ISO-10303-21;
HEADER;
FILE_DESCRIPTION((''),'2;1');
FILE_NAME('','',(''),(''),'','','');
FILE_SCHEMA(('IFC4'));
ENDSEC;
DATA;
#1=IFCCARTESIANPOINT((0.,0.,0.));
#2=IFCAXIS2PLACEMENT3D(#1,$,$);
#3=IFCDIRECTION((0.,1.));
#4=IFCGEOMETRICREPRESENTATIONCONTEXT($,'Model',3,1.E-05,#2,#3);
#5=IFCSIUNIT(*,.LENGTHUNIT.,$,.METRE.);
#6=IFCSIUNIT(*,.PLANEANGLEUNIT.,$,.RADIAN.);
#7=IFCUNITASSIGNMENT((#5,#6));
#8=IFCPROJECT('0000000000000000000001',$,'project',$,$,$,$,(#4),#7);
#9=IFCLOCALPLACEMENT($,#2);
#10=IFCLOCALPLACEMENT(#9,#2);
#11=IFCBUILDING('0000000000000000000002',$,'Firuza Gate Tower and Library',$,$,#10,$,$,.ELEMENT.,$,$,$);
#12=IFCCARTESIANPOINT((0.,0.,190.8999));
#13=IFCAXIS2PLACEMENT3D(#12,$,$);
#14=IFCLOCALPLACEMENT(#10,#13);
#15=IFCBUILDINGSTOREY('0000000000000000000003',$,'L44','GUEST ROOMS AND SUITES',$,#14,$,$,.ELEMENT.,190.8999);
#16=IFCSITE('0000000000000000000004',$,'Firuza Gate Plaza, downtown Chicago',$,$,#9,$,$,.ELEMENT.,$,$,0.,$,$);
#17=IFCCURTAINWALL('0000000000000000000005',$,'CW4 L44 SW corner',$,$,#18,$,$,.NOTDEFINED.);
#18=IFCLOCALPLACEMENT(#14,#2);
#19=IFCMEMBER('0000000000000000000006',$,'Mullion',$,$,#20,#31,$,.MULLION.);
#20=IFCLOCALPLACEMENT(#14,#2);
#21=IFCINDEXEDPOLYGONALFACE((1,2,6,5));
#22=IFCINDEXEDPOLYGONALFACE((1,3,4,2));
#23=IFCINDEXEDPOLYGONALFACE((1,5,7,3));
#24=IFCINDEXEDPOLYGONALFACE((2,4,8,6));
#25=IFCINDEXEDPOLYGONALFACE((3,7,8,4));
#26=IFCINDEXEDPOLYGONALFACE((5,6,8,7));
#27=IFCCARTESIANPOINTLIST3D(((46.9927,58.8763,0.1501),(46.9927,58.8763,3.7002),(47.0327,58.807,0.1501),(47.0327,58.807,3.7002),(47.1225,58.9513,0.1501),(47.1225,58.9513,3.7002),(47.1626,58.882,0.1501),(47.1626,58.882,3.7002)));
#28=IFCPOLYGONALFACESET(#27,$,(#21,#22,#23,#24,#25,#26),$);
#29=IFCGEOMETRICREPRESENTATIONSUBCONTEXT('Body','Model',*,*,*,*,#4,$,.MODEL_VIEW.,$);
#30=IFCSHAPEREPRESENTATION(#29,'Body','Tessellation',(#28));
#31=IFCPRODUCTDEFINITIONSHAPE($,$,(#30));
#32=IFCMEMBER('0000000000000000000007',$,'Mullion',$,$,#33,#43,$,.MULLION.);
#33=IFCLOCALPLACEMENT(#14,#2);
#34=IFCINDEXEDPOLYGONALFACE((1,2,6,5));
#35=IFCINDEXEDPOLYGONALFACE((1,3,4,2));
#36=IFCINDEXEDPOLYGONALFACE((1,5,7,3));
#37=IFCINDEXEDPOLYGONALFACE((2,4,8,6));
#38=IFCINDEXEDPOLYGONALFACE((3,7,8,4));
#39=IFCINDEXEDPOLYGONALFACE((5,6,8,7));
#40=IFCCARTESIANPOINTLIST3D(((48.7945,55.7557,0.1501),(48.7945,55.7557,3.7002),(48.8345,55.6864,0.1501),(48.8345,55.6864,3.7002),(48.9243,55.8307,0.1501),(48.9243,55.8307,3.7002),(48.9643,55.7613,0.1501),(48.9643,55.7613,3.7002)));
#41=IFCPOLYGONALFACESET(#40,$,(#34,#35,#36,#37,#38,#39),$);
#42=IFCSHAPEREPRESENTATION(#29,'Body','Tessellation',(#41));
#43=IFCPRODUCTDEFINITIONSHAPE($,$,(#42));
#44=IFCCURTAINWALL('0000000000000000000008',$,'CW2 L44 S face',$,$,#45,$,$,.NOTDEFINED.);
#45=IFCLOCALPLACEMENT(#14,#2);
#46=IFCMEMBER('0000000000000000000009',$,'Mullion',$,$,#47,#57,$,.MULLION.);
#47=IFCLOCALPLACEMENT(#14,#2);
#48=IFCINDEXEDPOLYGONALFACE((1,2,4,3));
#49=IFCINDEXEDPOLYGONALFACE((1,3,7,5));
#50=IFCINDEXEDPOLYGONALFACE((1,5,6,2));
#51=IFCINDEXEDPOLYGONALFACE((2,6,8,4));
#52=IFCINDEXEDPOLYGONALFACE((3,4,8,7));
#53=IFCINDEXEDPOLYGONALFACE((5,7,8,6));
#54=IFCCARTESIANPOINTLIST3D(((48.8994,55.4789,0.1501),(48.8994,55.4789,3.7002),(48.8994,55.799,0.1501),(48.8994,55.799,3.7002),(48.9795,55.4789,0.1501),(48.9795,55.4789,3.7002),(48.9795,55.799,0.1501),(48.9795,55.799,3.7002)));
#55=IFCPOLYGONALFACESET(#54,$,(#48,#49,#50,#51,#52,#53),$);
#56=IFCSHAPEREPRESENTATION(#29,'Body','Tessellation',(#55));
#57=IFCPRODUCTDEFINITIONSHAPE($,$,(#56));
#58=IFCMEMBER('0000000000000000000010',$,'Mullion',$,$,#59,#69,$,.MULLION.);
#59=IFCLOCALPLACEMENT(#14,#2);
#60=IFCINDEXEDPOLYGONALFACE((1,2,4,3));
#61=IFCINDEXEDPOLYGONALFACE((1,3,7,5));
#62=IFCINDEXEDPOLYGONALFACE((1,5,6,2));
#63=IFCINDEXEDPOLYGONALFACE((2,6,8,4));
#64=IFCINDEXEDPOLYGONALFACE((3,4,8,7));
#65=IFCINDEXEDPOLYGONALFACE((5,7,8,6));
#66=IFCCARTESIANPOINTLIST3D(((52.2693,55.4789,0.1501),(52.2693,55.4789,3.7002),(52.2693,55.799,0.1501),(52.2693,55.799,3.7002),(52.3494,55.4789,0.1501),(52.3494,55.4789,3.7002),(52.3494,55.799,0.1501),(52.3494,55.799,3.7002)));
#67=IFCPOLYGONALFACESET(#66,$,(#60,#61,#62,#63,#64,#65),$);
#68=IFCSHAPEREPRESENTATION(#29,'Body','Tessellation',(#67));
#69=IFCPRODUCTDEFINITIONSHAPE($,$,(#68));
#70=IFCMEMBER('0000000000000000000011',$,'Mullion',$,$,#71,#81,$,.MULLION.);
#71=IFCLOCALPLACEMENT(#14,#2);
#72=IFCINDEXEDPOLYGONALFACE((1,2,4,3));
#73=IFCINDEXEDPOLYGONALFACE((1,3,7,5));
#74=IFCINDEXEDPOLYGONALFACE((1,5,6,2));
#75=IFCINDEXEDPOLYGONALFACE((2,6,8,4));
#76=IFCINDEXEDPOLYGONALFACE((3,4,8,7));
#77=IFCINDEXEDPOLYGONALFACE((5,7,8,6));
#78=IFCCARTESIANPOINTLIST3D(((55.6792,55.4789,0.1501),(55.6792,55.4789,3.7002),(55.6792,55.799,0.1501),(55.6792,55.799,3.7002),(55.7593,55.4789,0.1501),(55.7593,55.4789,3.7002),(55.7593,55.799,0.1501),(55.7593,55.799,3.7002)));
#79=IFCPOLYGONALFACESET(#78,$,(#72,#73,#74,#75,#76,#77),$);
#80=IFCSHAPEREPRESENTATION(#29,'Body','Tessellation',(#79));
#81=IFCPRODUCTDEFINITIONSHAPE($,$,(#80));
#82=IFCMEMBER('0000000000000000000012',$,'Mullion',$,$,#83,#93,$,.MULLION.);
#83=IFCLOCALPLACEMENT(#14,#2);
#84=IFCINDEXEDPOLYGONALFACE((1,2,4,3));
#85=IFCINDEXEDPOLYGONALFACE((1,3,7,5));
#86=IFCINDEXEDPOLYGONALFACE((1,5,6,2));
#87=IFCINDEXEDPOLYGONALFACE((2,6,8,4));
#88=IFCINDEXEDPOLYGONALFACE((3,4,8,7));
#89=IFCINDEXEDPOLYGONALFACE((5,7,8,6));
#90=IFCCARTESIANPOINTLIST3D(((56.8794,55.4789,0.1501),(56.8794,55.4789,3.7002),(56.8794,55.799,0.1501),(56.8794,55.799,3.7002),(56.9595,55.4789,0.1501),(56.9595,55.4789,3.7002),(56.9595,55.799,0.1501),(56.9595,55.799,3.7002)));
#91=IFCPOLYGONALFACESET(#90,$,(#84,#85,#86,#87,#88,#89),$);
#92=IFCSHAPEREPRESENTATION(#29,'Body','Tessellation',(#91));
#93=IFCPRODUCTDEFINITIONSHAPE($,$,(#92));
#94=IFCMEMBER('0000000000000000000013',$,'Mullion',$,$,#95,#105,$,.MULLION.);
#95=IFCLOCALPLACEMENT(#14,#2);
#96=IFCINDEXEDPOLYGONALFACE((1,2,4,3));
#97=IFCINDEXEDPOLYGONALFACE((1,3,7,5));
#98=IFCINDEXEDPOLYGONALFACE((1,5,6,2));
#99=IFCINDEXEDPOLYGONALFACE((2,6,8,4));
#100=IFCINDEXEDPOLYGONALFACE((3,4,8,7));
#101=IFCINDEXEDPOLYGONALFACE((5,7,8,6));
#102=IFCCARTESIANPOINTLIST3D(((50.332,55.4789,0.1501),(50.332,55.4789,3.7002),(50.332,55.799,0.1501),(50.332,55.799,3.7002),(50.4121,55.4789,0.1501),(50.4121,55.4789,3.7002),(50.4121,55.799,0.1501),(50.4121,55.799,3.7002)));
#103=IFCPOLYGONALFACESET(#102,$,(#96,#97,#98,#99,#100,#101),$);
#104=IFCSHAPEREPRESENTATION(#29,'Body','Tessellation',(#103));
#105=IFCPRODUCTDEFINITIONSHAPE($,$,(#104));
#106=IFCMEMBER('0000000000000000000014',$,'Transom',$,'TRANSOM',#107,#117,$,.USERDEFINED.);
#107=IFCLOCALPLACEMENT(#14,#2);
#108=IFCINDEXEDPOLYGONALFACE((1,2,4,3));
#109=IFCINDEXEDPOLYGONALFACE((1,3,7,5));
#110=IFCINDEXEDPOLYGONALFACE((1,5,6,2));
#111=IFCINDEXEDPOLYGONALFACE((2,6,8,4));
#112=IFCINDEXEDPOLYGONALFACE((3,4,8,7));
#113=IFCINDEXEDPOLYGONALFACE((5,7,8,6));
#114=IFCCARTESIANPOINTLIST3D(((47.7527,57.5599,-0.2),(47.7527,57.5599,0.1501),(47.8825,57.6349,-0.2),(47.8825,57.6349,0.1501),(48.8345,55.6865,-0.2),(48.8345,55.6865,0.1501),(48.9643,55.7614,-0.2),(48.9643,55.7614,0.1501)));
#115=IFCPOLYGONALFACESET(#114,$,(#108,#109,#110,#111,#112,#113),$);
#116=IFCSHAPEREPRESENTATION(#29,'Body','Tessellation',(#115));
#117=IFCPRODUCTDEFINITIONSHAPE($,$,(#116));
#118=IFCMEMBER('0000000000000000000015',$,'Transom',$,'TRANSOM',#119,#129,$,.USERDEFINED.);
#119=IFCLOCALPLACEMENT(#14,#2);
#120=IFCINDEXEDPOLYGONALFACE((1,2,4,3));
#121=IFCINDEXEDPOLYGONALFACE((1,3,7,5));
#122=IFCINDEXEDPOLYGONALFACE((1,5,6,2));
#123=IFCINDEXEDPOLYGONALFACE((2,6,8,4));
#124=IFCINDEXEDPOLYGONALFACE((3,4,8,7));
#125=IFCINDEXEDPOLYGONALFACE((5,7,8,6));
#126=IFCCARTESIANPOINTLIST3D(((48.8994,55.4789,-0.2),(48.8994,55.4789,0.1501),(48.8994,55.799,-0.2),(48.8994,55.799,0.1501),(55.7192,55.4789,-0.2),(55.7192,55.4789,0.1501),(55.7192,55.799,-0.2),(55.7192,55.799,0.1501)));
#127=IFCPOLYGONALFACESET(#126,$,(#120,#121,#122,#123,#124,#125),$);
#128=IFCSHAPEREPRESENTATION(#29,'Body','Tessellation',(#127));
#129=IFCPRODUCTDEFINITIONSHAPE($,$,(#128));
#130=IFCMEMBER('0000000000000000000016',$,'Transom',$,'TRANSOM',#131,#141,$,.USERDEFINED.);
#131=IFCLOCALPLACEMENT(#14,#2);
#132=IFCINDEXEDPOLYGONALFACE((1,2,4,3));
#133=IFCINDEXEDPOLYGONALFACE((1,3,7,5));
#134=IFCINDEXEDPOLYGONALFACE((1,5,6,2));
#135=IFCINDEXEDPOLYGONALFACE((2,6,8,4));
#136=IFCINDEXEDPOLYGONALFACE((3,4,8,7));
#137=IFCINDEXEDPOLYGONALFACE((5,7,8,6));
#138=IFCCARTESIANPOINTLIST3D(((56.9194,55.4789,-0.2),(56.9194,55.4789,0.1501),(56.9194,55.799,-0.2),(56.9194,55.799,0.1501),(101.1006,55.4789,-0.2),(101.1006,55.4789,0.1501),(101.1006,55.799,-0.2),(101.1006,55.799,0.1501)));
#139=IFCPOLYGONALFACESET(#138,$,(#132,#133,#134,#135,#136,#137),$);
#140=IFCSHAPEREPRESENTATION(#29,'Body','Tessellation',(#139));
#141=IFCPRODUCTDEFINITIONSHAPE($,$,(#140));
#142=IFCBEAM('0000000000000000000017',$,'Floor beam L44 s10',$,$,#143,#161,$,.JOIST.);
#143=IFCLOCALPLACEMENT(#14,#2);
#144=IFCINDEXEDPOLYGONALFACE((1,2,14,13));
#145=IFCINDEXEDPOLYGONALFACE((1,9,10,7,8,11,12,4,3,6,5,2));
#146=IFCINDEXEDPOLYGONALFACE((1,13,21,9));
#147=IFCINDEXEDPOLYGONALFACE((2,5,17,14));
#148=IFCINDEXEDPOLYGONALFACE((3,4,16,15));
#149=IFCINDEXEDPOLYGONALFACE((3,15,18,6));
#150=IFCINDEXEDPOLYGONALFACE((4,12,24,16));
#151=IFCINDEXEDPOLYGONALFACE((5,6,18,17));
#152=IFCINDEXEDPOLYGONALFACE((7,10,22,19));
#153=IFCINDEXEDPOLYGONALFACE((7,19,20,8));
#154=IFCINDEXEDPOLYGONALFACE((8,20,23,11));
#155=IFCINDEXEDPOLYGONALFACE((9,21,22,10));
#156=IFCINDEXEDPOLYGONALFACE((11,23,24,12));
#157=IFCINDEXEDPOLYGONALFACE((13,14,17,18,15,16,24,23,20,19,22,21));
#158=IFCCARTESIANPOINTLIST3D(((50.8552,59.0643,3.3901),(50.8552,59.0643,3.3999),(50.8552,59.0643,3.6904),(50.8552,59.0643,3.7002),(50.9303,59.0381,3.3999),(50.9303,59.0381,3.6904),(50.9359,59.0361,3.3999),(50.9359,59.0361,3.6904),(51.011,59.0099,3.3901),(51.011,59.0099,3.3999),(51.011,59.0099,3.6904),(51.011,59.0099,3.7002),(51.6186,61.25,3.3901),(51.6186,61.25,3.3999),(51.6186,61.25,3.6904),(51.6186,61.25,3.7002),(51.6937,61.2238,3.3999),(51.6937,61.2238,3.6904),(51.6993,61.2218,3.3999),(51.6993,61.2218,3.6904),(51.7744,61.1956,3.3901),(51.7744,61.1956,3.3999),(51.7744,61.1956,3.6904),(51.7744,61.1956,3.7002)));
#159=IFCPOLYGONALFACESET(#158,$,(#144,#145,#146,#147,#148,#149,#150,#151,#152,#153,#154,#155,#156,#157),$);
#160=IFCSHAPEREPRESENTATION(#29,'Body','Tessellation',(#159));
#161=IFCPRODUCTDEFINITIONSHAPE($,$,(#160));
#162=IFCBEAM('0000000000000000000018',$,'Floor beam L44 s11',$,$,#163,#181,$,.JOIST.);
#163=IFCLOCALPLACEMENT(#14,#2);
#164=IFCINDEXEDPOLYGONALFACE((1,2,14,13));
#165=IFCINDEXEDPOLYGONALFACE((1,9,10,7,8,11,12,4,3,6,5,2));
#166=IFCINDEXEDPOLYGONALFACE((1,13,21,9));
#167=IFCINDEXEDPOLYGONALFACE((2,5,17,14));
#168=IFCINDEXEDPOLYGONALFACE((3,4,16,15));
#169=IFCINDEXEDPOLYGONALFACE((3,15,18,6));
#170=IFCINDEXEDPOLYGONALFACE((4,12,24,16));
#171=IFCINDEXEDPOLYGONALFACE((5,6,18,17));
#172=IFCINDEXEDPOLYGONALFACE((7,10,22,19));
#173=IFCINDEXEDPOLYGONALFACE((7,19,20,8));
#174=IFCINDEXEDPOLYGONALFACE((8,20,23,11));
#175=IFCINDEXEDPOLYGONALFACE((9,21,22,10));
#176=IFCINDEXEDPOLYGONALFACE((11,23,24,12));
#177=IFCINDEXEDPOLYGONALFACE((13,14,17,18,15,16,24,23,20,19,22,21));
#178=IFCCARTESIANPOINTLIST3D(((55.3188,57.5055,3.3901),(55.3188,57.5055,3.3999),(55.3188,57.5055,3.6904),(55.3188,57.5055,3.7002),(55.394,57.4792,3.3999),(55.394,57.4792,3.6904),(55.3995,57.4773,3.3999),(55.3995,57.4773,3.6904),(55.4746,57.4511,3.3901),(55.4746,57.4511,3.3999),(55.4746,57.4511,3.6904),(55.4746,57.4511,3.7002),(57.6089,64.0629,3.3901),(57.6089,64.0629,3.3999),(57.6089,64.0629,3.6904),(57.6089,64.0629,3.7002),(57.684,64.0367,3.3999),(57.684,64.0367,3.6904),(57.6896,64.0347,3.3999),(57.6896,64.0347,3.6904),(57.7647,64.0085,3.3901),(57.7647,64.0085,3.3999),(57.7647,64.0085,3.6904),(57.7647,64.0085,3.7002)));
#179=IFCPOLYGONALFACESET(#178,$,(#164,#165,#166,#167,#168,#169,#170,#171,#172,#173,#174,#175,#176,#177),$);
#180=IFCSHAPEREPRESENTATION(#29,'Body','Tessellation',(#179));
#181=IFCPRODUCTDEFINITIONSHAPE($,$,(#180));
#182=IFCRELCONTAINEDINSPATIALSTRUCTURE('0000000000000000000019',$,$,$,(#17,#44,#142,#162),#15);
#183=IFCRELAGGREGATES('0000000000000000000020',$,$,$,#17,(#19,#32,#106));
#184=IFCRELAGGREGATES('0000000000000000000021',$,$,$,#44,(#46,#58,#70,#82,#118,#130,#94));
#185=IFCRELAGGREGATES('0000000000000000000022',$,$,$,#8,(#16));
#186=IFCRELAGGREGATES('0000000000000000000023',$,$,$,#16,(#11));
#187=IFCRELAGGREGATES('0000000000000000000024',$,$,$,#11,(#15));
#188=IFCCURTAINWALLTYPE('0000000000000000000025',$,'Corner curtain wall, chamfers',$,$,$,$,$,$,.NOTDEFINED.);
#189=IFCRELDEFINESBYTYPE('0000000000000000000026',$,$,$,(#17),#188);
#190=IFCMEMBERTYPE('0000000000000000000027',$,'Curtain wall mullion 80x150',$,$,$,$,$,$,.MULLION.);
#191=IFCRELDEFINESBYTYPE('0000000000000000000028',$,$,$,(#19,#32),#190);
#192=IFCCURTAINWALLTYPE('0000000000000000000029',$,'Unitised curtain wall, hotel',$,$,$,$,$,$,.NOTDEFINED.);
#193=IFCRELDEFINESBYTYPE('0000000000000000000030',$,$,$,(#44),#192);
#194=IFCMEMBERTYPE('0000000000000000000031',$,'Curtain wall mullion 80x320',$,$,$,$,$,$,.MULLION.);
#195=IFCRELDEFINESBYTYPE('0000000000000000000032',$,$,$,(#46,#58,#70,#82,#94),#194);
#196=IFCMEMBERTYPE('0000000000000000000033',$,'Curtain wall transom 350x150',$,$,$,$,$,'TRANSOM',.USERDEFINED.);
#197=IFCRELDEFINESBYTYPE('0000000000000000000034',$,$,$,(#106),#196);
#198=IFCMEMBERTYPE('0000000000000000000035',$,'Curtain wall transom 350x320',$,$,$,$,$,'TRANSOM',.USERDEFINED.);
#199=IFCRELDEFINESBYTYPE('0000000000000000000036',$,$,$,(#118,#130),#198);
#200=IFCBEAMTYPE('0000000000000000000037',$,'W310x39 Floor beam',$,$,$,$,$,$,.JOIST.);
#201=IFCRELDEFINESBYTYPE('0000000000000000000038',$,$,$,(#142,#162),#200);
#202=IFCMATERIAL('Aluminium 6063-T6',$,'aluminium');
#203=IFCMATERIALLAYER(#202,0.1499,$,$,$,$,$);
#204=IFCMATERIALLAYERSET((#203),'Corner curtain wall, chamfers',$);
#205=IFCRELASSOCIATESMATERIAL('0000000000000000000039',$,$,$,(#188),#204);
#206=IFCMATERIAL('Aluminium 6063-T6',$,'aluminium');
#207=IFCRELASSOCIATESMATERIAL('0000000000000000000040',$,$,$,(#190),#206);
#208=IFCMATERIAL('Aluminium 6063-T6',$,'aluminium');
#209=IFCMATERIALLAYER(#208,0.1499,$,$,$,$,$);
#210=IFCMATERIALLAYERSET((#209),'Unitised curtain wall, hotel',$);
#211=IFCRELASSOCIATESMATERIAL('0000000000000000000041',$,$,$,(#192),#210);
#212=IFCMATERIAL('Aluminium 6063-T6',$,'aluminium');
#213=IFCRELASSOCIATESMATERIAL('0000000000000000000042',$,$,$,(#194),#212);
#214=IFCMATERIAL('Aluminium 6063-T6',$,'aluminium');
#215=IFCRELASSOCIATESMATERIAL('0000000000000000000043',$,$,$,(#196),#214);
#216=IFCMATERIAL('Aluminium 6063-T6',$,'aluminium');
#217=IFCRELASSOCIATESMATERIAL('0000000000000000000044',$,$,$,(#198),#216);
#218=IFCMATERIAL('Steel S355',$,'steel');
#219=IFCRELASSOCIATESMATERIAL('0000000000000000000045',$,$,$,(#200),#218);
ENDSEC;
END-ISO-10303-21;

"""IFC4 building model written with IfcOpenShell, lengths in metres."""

from ifc_helpers import new_model, si_unit, direction, frame, origin, origin_2d, place, context, subcontext, project, spatial, rectangle, i_section, extrude, material, layer, layer_set, material_profile, profile_set, type_object, element, aggregate, save


model = new_model("IFC4")

# Units and contexts
model_context = context("Model", 3, precision=1e-05, world=origin(), true_north=direction((0.0, 1.0)))
body_context = subcontext(model_context, "Body", "Model", "MODEL_VIEW")
ifc_project = project(units=[si_unit("LENGTHUNIT", "METRE"), si_unit("PLANEANGLEUNIT", "RADIAN")], contexts=[model_context])

# Site, building, storey
site_placement = place(None, origin())
site = spatial("IfcSite", under=ifc_project, at=site_placement, Name="Firuza Gate Plaza, downtown Chicago", CompositionType="ELEMENT", RefElevation=0.0)
building_placement = place(site_placement, origin())
building = spatial("IfcBuilding", under=site, at=building_placement, Name="Firuza Gate Tower and Library", CompositionType="ELEMENT")
storey_placement = place(building_placement, frame((0.0, 0.0, 190.8999)))
storey = spatial("IfcBuildingStorey", under=building, at=storey_placement, Name="L44", Description="GUEST ROOMS AND SUITES", CompositionType="ELEMENT", Elevation=190.8999)

# Curtain walls, members
ifc_material_1 = material(Name="Aluminium 6063-T6", Category="aluminium")
ifc_layer_1 = layer(ifc_material_1, 0.1499)
ifc_layer_set_1 = layer_set([ifc_layer_1], Name="Corner curtain wall, chamfers")
curtain_wall_type_1 = type_object("IfcCurtainWallType", Name="Corner curtain wall, chamfers", PredefinedType="NOTDEFINED", material=ifc_layer_set_1)
placement_1 = place(storey_placement, origin())
curtain_wall_1 = element("IfcCurtainWall", 1, at=placement_1, inside=storey, type_object=curtain_wall_type_1, Name="CW4 L44 SW corner", PredefinedType="NOTDEFINED")
ifc_material_2 = material(Name="Aluminium 6063-T6", Category="aluminium")
ifc_material_profile_1 = material_profile(ifc_material_2, rectangle(XDim=0.1499, YDim=0.0801, at=origin_2d()))
ifc_profile_set_1 = profile_set([ifc_material_profile_1], Name="Aluminium 6063-T6")
member_type_1 = type_object("IfcMemberType", Name="Curtain wall mullion 80x150", PredefinedType="MULLION", material=ifc_profile_set_1)
member_1_placement = place(storey_placement, frame((47.0776, 58.8792, 0.1501), z_axis=(0.0, 0.0, 1.0), x_axis=(0.866025, 0.5, 0.0)))
member_1 = element("IfcMember", 2, at=member_1_placement, type_object=member_type_1, Name="Mullion", PredefinedType="MULLION", context=body_context, shape_type="SweptSolid", body=[
    extrude(rectangle(XDim=0.1499, YDim=0.0801, at=origin_2d()), origin(), (0.0, 0.0, 1.0), 3.55),
])
member_2_placement = place(storey_placement, frame((48.8794, 55.7585, 0.1501), z_axis=(0.0, 0.0, 1.0), x_axis=(0.866025, 0.5, 0.0)))
member_2 = element("IfcMember", 3, at=member_2_placement, type_object=member_type_1, Name="Mullion", PredefinedType="MULLION", context=body_context, shape_type="SweptSolid", body=[
    extrude(rectangle(XDim=0.1499, YDim=0.0801, at=origin_2d()), origin(), (0.0, 0.0, 1.0), 3.55),
])
ifc_material_3 = material(Name="Aluminium 6063-T6", Category="aluminium")
ifc_layer_2 = layer(ifc_material_3, 0.1499)
ifc_layer_set_2 = layer_set([ifc_layer_2], Name="Unitised curtain wall, hotel")
curtain_wall_type_2 = type_object("IfcCurtainWallType", Name="Unitised curtain wall, hotel", PredefinedType="NOTDEFINED", material=ifc_layer_set_2)
curtain_wall_2 = element("IfcCurtainWall", 4, at=placement_1, inside=storey, type_object=curtain_wall_type_2, Name="CW2 L44 S face", PredefinedType="NOTDEFINED")
ifc_material_4 = material(Name="Aluminium 6063-T6", Category="aluminium")
ifc_material_profile_2 = material_profile(ifc_material_4, rectangle(XDim=0.3201, YDim=0.0801, at=origin_2d()))
ifc_profile_set_2 = profile_set([ifc_material_profile_2], Name="Aluminium 6063-T6")
member_type_2 = type_object("IfcMemberType", Name="Curtain wall mullion 80x320", PredefinedType="MULLION", material=ifc_profile_set_2)
member_3_placement = place(storey_placement, frame((48.9395, 55.6389, 0.1501), z_axis=(0.0, 0.0, 1.0), x_axis=(0.0, 1.0, 0.0)))
member_3 = element("IfcMember", 5, at=member_3_placement, type_object=member_type_2, Name="Mullion", PredefinedType="MULLION", context=body_context, shape_type="SweptSolid", body=[
    extrude(rectangle(XDim=0.3201, YDim=0.0801, at=origin_2d()), origin(), (0.0, 0.0, 1.0), 3.55),
])
member_4_placement = place(storey_placement, frame((52.3093, 55.6389, 0.1501), z_axis=(0.0, 0.0, 1.0), x_axis=(0.0, 1.0, 0.0)))
member_4 = element("IfcMember", 6, at=member_4_placement, type_object=member_type_2, Name="Mullion", PredefinedType="MULLION", context=body_context, shape_type="SweptSolid", body=[
    extrude(rectangle(XDim=0.3201, YDim=0.0801, at=origin_2d()), origin(), (0.0, 0.0, 1.0), 3.55),
])
member_5_placement = place(storey_placement, frame((55.7192, 55.6389, 0.1501), z_axis=(0.0, 0.0, 1.0), x_axis=(0.0, 1.0, 0.0)))
member_5 = element("IfcMember", 7, at=member_5_placement, type_object=member_type_2, Name="Mullion", PredefinedType="MULLION", context=body_context, shape_type="SweptSolid", body=[
    extrude(rectangle(XDim=0.3201, YDim=0.0801, at=origin_2d()), origin(), (0.0, 0.0, 1.0), 3.55),
])
member_6_placement = place(storey_placement, frame((56.9194, 55.6389, 0.1501), z_axis=(0.0, 0.0, 1.0), x_axis=(0.0, 1.0, 0.0)))
member_6 = element("IfcMember", 8, at=member_6_placement, type_object=member_type_2, Name="Mullion", PredefinedType="MULLION", context=body_context, shape_type="SweptSolid", body=[
    extrude(rectangle(XDim=0.3201, YDim=0.0801, at=origin_2d()), origin(), (0.0, 0.0, 1.0), 3.55),
])
member_7_placement = place(storey_placement, frame((50.3721, 55.6389, 0.1501), z_axis=(0.0, 0.0, 1.0), x_axis=(0.0, 1.0, 0.0)))
member_7 = element("IfcMember", 9, at=member_7_placement, type_object=member_type_2, Name="Mullion", PredefinedType="MULLION", context=body_context, shape_type="SweptSolid", body=[
    extrude(rectangle(XDim=0.3201, YDim=0.0801, at=origin_2d()), origin(), (0.0, 0.0, 1.0), 3.55),
])

# Members
ifc_material_5 = material(Name="Aluminium 6063-T6", Category="aluminium")
ifc_material_profile_3 = material_profile(ifc_material_5, rectangle(XDim=0.1499, YDim=0.3501, at=origin_2d()))
ifc_profile_set_3 = profile_set([ifc_material_profile_3], Name="Aluminium 6063-T6")
member_type_3 = type_object("IfcMemberType", Name="Curtain wall transom 350x150", ElementType="TRANSOM", PredefinedType="USERDEFINED", material=ifc_profile_set_3)
member_8_placement = place(storey_placement, frame((47.8176, 57.5974, -0.0249), z_axis=(0.500035, -0.866005, 0.0), x_axis=(0.866005, 0.500035, 0.0)))
member_8 = element("IfcMember", 10, at=member_8_placement, type_object=member_type_3, Name="Transom", ObjectType="TRANSOM", PredefinedType="USERDEFINED", context=body_context, shape_type="SweptSolid", body=[
    extrude(rectangle(XDim=0.1499, YDim=0.3501, at=origin_2d()), origin(), (0.0, 0.0, 1.0), 2.1633),
])
ifc_material_6 = material(Name="Aluminium 6063-T6", Category="aluminium")
ifc_material_profile_4 = material_profile(ifc_material_6, rectangle(XDim=0.3201, YDim=0.3501, at=origin_2d()))
ifc_profile_set_4 = profile_set([ifc_material_profile_4], Name="Aluminium 6063-T6")
member_type_4 = type_object("IfcMemberType", Name="Curtain wall transom 350x320", ElementType="TRANSOM", PredefinedType="USERDEFINED", material=ifc_profile_set_4)
member_9_placement = place(storey_placement, frame((48.8994, 55.6389, -0.0249), z_axis=(1.0, 0.0, 0.0), x_axis=(0.0, 1.0, 0.0)))
member_9 = element("IfcMember", 11, at=member_9_placement, type_object=member_type_4, Name="Transom", ObjectType="TRANSOM", PredefinedType="USERDEFINED", context=body_context, shape_type="SweptSolid", body=[
    extrude(rectangle(XDim=0.3201, YDim=0.3501, at=origin_2d()), origin(), (0.0, 0.0, 1.0), 6.8198),
])
member_10_placement = place(storey_placement, frame((56.9194, 55.6389, -0.0249), z_axis=(1.0, 0.0, 0.0), x_axis=(0.0, 1.0, 0.0)))
member_10 = element("IfcMember", 12, at=member_10_placement, type_object=member_type_4, Name="Transom", ObjectType="TRANSOM", PredefinedType="USERDEFINED", context=body_context, shape_type="SweptSolid", body=[
    extrude(rectangle(XDim=0.3201, YDim=0.3501, at=origin_2d()), origin(), (0.0, 0.0, 1.0), 44.1812),
])

# Beams
ifc_material_7 = material(Name="Steel S355", Category="steel")
ifc_material_profile_5 = material_profile(ifc_material_7, i_section(OverallWidth=0.165, OverallDepth=0.3101, WebThickness=0.0059, FlangeThickness=0.0098, at=origin_2d()))
ifc_profile_set_5 = profile_set([ifc_material_profile_5], Name="Steel S355")
beam_type = type_object("IfcBeamType", Name="W310x39 Floor beam", PredefinedType="JOIST", material=ifc_profile_set_5)
beam_1_placement = place(storey_placement, frame((50.9331, 59.0371, 3.5452), z_axis=(0.329735, 0.944074, 0.0), x_axis=(-0.944074, 0.329735, 0.0)))
element("IfcBeam", 13, at=beam_1_placement, inside=storey, type_object=beam_type, Name="Floor beam L44 s10", PredefinedType="JOIST", context=body_context, shape_type="SweptSolid", body=[
    extrude(i_section(OverallWidth=0.165, OverallDepth=0.3101, WebThickness=0.0059, FlangeThickness=0.0098, at=origin_2d()), origin(), (0.0, 0.0, 1.0), 2.3152),
])
beam_2_placement = place(storey_placement, frame((55.3967, 57.4783, 3.5452), z_axis=(0.329704, 0.944084, 0.0), x_axis=(-0.944084, 0.329704, 0.0)))
element("IfcBeam", 14, at=beam_2_placement, inside=storey, type_object=beam_type, Name="Floor beam L44 s11", PredefinedType="JOIST", context=body_context, shape_type="SweptSolid", body=[
    extrude(i_section(OverallWidth=0.165, OverallDepth=0.3101, WebThickness=0.0059, FlangeThickness=0.0098, at=origin_2d()), origin(), (0.0, 0.0, 1.0), 6.9458),
])

aggregate(curtain_wall_1, [member_1, member_2, member_8])

aggregate(curtain_wall_2, [member_3, member_4, member_5, member_6, member_9, member_10, member_7])

save(model, "model.ifc")
